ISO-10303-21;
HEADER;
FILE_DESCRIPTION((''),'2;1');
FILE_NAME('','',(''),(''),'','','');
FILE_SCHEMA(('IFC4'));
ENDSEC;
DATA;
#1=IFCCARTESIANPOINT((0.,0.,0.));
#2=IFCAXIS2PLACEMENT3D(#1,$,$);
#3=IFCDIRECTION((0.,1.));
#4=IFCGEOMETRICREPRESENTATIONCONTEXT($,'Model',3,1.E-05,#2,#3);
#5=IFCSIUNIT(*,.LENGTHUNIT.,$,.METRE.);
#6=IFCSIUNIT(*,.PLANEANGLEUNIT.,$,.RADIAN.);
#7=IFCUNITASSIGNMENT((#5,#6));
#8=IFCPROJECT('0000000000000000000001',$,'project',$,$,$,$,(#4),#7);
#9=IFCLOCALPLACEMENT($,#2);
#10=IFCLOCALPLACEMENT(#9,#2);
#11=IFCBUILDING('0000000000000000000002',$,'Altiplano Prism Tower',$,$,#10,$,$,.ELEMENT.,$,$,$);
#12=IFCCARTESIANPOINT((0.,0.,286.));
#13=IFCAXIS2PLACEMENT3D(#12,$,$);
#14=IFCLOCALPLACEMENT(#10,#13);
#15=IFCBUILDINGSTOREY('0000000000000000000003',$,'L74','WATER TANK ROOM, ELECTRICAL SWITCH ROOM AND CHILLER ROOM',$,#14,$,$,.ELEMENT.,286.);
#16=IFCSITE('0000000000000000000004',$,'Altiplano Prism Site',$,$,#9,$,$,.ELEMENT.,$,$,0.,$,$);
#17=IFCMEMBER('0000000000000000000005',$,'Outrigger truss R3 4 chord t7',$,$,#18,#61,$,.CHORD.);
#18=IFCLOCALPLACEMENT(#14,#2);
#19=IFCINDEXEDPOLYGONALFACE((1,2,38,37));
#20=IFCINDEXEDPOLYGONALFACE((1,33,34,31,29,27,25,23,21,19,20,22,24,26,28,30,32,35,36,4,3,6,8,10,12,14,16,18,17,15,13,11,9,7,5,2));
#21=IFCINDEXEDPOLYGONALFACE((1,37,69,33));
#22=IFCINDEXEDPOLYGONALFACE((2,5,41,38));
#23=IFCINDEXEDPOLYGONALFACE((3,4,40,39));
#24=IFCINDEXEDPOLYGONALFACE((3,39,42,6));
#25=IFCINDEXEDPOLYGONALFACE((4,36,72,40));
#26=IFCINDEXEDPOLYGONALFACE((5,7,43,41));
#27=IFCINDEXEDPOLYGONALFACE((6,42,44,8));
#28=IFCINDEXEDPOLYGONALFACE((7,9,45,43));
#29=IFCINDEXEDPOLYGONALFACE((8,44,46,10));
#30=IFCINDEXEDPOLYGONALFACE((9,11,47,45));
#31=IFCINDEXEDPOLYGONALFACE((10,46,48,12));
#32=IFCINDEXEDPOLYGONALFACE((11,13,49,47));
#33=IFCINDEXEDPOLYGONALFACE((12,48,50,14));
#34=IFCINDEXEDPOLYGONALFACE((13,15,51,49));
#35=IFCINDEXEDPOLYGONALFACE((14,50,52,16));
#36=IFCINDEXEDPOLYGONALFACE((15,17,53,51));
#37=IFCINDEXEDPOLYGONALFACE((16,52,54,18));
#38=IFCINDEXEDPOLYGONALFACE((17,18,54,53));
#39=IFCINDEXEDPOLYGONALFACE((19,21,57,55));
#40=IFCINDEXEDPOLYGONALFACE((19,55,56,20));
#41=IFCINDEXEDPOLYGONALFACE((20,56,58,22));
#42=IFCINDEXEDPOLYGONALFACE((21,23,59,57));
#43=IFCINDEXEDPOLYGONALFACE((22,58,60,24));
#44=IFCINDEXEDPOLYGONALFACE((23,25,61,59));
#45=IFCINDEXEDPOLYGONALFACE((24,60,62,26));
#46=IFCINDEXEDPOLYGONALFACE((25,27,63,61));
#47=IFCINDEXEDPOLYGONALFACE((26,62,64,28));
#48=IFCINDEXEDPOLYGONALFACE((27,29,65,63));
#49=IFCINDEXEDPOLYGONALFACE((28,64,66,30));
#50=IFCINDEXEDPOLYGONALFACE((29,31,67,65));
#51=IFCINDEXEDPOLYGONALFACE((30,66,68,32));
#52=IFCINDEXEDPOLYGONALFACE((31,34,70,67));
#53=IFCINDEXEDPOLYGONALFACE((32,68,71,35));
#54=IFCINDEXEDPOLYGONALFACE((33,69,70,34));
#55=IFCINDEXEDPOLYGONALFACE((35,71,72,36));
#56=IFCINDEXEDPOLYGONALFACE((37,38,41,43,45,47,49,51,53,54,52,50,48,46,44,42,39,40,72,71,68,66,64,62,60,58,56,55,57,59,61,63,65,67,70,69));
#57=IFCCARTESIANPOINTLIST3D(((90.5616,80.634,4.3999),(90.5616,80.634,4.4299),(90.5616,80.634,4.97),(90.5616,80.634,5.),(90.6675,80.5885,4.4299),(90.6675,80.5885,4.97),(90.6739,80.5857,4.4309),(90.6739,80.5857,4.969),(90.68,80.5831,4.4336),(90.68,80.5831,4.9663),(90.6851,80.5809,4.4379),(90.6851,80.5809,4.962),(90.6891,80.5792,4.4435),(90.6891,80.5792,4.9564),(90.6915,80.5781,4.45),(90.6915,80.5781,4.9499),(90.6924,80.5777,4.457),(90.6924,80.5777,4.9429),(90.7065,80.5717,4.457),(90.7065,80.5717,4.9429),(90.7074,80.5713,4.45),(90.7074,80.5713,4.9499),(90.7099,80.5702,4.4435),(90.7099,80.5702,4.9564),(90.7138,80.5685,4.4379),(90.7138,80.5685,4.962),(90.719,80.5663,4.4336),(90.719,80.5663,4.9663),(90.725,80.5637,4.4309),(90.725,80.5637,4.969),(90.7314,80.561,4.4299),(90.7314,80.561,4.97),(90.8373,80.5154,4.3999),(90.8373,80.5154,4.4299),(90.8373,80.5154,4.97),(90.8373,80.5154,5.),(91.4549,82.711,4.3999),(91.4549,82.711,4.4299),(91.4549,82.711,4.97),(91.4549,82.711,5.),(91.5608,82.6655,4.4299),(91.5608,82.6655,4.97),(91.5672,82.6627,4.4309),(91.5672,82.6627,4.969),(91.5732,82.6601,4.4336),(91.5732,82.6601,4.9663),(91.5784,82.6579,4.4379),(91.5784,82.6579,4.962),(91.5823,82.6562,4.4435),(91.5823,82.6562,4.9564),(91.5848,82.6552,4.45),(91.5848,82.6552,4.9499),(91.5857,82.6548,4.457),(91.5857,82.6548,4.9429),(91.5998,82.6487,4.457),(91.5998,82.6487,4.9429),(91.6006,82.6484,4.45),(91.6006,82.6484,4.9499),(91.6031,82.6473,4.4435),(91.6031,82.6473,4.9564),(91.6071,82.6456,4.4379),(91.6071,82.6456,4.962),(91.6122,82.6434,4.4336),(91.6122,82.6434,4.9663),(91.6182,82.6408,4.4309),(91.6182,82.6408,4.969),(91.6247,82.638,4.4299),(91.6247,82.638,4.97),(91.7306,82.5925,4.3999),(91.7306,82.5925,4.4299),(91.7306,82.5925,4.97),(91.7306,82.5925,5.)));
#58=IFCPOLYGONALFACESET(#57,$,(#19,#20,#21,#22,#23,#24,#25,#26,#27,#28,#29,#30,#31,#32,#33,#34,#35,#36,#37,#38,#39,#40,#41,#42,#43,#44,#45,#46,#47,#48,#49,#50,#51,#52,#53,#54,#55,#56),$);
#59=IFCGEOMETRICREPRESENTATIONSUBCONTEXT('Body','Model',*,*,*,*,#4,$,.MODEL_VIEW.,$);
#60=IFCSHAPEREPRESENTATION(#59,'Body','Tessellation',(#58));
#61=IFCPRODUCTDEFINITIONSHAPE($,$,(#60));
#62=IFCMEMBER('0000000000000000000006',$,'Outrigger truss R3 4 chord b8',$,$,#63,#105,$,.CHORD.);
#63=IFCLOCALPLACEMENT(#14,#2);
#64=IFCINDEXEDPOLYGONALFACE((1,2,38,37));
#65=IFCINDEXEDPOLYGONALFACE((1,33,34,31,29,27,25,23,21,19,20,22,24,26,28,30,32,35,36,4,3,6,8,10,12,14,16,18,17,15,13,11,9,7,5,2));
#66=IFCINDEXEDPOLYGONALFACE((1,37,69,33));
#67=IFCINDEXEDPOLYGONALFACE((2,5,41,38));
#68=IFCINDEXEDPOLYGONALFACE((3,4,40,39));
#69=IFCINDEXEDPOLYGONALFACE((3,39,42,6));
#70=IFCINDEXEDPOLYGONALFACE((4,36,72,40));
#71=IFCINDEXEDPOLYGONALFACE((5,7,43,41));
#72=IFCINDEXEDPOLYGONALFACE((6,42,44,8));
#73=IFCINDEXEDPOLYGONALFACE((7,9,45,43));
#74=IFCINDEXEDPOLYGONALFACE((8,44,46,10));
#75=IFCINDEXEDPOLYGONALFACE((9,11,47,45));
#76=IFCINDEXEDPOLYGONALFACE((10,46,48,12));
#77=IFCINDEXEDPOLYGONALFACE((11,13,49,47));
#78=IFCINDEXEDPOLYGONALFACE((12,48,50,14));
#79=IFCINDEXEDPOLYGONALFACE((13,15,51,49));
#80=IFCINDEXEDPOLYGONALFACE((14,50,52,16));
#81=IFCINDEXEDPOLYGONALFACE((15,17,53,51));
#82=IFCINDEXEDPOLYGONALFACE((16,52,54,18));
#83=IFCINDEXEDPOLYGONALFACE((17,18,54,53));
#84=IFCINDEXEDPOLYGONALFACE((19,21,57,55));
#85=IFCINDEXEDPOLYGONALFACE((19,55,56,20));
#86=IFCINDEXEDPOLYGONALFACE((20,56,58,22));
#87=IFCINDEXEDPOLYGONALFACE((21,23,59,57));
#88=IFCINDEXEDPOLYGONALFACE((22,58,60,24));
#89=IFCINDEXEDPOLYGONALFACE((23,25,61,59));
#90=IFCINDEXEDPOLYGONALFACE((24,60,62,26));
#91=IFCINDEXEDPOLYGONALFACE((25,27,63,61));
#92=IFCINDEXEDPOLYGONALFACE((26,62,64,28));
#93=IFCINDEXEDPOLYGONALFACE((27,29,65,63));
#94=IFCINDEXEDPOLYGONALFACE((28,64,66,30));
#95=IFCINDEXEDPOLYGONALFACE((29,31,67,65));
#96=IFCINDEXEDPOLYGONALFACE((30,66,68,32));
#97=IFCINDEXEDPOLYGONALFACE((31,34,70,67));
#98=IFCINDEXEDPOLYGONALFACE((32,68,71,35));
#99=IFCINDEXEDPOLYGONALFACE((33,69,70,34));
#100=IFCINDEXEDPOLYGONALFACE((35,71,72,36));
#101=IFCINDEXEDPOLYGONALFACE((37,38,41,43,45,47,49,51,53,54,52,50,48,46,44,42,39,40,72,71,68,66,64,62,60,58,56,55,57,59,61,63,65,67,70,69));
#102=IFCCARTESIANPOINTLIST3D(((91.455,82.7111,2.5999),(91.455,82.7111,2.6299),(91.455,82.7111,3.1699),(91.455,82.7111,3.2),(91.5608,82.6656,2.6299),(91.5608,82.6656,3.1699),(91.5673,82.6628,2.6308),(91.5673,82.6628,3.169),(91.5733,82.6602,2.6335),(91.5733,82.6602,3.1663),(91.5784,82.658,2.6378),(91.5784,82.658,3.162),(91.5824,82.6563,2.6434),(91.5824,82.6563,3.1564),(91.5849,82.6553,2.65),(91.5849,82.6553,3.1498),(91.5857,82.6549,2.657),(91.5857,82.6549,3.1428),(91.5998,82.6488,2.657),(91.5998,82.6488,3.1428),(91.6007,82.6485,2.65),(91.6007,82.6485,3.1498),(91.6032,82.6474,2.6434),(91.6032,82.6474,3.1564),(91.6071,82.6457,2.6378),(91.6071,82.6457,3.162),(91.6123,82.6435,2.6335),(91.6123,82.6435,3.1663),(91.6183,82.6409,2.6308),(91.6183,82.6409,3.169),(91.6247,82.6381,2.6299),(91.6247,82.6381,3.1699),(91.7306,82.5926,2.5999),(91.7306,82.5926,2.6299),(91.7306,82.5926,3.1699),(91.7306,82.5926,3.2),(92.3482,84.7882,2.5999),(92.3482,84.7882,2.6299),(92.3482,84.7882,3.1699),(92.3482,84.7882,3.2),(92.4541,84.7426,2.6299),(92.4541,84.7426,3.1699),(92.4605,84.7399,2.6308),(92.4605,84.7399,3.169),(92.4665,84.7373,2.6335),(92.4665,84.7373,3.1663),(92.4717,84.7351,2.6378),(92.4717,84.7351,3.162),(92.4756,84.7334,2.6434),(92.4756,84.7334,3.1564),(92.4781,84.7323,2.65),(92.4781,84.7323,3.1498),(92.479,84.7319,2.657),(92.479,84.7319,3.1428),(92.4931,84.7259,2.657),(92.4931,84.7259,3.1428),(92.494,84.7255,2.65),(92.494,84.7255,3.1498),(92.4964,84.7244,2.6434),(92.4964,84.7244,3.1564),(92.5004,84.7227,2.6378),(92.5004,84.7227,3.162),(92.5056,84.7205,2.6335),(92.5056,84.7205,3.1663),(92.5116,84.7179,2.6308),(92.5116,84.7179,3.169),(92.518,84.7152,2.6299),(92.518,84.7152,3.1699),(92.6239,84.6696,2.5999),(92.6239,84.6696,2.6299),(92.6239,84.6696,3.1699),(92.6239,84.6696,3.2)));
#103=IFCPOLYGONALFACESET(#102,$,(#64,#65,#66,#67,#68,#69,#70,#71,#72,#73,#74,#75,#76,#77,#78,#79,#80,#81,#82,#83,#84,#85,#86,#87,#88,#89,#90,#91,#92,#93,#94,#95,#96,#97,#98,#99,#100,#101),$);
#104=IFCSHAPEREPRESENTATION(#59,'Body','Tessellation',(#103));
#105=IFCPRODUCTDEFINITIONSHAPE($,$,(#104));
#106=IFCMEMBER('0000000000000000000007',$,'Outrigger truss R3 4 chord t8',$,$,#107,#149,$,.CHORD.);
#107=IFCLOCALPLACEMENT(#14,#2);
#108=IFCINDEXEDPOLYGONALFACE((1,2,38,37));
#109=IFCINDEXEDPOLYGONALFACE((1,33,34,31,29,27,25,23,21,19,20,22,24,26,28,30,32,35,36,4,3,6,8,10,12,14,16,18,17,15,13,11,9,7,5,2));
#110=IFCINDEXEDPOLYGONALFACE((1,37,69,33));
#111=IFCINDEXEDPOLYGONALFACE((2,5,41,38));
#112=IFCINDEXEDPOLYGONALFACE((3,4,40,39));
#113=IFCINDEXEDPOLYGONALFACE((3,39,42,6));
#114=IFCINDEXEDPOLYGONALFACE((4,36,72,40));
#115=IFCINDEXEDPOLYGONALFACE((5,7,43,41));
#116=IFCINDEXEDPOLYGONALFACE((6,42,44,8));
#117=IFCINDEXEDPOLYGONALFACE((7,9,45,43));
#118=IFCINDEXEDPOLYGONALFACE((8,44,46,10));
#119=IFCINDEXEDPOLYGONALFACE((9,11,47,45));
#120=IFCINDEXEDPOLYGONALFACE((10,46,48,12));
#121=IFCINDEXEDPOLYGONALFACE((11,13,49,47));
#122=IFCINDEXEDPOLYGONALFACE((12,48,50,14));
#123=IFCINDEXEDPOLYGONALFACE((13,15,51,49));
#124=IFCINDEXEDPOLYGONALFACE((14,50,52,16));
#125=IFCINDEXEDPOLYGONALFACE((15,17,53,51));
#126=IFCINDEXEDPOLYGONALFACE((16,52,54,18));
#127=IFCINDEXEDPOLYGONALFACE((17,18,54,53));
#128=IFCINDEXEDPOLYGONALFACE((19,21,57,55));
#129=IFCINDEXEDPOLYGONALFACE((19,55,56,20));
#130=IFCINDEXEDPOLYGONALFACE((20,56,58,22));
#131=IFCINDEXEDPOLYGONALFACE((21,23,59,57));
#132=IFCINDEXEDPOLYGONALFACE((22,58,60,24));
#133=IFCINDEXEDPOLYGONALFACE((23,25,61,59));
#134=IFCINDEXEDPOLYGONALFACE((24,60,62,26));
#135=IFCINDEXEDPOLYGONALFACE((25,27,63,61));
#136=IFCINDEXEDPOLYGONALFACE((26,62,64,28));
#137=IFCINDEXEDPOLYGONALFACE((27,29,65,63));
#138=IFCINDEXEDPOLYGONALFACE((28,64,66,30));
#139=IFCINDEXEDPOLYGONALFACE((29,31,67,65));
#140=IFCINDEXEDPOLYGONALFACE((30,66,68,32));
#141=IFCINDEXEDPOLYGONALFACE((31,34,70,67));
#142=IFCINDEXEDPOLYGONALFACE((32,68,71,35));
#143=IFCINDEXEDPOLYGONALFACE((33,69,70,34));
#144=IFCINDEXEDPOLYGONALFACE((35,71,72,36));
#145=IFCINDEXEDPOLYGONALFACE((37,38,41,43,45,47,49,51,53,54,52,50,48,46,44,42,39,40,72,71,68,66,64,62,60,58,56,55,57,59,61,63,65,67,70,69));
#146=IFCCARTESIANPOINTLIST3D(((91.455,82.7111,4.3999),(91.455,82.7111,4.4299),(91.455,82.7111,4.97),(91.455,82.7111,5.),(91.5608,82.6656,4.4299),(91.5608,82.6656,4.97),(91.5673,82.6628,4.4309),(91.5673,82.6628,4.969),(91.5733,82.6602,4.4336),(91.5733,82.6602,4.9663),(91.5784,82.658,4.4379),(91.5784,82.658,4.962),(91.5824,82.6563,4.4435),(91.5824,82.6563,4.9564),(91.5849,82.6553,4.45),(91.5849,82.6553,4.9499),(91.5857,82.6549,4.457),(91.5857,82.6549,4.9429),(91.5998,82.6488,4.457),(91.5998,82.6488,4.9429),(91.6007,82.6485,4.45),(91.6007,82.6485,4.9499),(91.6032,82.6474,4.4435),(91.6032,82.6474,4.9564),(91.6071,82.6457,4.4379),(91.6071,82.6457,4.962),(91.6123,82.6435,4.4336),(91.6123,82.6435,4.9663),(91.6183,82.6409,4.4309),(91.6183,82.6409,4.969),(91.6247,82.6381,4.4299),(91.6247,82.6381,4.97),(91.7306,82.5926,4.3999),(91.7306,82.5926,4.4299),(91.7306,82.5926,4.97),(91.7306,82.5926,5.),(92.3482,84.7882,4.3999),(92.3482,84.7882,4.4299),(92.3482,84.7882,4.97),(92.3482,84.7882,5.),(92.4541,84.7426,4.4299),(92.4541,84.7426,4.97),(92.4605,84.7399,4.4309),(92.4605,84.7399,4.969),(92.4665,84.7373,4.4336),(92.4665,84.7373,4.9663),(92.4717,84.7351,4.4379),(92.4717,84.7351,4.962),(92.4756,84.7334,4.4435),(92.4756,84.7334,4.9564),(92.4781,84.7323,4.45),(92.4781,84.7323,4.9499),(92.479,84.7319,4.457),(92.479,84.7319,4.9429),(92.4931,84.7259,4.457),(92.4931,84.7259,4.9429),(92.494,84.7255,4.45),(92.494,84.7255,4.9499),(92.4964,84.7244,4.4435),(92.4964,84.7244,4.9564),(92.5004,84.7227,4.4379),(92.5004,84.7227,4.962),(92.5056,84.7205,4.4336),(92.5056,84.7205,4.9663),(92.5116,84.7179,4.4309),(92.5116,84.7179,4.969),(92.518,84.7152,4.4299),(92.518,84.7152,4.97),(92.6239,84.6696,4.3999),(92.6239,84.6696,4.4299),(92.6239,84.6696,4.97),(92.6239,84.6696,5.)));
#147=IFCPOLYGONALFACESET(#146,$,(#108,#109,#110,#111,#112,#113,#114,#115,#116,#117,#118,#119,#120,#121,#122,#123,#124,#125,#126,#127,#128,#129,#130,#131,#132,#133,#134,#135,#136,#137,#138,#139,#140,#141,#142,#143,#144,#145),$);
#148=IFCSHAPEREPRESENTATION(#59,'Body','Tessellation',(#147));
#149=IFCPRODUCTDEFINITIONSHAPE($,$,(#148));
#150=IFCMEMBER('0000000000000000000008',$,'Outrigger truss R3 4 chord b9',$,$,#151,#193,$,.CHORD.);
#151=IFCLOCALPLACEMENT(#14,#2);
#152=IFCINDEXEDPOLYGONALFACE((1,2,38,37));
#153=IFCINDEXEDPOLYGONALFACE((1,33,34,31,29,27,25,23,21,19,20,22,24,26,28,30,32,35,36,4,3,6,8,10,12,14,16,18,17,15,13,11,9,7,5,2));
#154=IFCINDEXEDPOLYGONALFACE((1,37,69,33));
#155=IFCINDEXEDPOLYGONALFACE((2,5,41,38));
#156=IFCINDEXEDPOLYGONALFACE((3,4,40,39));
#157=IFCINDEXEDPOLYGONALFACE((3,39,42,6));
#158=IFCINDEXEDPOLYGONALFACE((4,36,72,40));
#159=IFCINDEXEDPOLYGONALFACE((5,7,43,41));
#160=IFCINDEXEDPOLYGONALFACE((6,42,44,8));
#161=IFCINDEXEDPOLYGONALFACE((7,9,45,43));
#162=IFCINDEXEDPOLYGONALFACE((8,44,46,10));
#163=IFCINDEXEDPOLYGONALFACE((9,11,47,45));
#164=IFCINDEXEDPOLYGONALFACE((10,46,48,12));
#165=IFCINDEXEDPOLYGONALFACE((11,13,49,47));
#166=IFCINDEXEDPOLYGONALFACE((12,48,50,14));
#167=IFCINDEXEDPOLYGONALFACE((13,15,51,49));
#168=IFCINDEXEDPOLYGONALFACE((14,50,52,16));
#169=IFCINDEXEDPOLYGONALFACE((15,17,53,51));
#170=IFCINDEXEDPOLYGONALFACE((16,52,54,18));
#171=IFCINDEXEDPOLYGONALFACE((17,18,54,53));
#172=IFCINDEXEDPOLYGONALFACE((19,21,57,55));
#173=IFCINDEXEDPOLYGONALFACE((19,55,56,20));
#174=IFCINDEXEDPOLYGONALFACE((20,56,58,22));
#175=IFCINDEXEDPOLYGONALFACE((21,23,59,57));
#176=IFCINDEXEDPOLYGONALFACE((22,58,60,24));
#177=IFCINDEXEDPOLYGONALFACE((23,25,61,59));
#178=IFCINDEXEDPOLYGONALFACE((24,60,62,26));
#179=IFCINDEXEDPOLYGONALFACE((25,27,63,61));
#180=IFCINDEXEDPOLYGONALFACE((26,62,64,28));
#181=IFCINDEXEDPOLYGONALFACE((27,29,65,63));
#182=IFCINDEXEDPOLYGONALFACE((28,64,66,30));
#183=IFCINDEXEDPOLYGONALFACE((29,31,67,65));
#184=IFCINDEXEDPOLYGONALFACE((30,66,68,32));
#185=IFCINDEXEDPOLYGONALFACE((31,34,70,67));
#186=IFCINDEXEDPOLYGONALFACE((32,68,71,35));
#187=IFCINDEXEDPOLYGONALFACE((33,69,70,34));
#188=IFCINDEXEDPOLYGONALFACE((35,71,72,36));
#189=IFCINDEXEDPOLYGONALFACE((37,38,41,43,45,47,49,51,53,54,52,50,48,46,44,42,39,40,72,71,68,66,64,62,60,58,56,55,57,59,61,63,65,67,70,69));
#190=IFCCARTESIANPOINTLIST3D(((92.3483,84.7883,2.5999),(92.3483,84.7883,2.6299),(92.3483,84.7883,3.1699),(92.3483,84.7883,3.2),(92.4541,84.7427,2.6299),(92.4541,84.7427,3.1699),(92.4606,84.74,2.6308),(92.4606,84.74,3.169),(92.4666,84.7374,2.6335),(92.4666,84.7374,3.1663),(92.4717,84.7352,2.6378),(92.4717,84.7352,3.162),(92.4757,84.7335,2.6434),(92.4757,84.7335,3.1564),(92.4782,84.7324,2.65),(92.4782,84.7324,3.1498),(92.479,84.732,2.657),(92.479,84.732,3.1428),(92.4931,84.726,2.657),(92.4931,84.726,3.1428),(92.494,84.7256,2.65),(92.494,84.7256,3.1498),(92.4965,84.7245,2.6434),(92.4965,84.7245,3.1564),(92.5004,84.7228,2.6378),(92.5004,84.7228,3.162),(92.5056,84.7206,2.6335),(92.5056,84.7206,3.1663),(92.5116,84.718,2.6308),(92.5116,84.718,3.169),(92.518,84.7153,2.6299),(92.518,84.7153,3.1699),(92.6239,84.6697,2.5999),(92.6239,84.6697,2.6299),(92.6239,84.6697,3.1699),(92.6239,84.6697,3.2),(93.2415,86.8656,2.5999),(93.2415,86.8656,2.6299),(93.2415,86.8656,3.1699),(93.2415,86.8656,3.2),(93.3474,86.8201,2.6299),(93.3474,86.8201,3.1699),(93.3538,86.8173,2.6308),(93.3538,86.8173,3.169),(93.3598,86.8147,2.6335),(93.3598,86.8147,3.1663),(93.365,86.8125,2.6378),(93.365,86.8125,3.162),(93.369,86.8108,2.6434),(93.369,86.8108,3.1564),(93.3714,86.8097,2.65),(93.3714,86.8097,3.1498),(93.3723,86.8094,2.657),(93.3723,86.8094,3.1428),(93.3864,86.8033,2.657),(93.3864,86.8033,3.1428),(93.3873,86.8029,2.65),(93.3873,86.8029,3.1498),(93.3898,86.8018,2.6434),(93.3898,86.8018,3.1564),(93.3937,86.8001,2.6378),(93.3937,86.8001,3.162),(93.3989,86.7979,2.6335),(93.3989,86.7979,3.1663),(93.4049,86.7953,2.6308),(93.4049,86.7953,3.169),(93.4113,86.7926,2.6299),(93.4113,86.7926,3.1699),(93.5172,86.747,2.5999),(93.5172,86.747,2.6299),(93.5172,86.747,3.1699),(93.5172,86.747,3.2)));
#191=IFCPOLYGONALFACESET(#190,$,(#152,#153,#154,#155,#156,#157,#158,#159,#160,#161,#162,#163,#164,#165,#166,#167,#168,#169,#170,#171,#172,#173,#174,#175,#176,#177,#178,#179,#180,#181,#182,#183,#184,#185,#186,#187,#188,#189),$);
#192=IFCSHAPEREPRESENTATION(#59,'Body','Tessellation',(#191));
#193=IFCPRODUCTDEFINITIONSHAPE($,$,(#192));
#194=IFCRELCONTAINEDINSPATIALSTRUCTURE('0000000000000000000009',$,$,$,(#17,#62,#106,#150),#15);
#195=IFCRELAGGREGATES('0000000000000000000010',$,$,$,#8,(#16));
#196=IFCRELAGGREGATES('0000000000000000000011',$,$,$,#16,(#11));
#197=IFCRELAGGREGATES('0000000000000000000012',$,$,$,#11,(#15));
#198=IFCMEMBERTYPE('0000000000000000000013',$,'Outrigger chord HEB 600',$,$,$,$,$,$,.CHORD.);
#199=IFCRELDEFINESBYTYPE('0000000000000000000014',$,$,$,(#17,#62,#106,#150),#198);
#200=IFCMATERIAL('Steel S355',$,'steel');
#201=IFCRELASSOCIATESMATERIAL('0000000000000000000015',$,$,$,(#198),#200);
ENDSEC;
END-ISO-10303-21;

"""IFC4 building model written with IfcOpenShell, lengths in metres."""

from ifc_helpers import new_model, si_unit, direction, frame, origin, origin_2d, place, context, subcontext, project, spatial, i_section, extrude, material, material_profile, profile_set, type_object, element, save


model = new_model("IFC4")

# Units and contexts
model_context = context("Model", 3, precision=1e-05, world=origin(), true_north=direction((0.0, 1.0)))
body_context = subcontext(model_context, "Body", "Model", "MODEL_VIEW")
ifc_project = project(units=[si_unit("LENGTHUNIT", "METRE"), si_unit("PLANEANGLEUNIT", "RADIAN")], contexts=[model_context])

# Site, building, storey
site_placement = place(None, origin())
site = spatial("IfcSite", under=ifc_project, at=site_placement, Name="Altiplano Prism Site", CompositionType="ELEMENT", RefElevation=0.0)
building_placement = place(site_placement, origin())
building = spatial("IfcBuilding", under=site, at=building_placement, Name="Altiplano Prism Tower", CompositionType="ELEMENT")
storey_placement = place(building_placement, frame((0.0, 0.0, 286.0)))
storey = spatial("IfcBuildingStorey", under=building, at=storey_placement, Name="L74", Description="WATER TANK ROOM, ELECTRICAL SWITCH ROOM AND CHILLER ROOM", CompositionType="ELEMENT", Elevation=286.0)

# Members
ifc_material_1 = material(Name="Steel S355", Category="steel")
ifc_material_profile_1 = material_profile(ifc_material_1, i_section(OverallWidth=0.3, OverallDepth=0.6001, WebThickness=0.0154, FlangeThickness=0.03, FilletRadius=0.0271, at=origin_2d()), Name="Outrigger chord HEB 600")
ifc_profile_set_1 = profile_set([ifc_material_profile_1], Name="Steel S355")
member_type_1 = type_object("IfcMemberType", Name="Outrigger chord HEB 600", PredefinedType="CHORD", material=ifc_profile_set_1)
for number, where, z_axis, x_axis, name in (
    (1, (90.6995, 80.5747, 4.7), (0.395079, 0.918647, 0.0), (-0.918647, 0.395079, 0.0), "Outrigger truss R3 4 chord t7"),
    (2, (91.5928, 82.6519, 2.8999), (0.395079, 0.918647, 0.0), (-0.918647, 0.395079, 0.0), "Outrigger truss R3 4 chord b8"),
    (3, (91.5928, 82.6519, 4.7), (0.395079, 0.918647, 0.0), (-0.918647, 0.395079, 0.0), "Outrigger truss R3 4 chord t8"),
):
    element("IfcMember", number, at=place(storey_placement, frame(where, z_axis=z_axis, x_axis=x_axis)), inside=storey, type_object=member_type_1, Name=name, PredefinedType="CHORD", context=body_context, shape_type="SweptSolid", body=[
        extrude(i_section(OverallWidth=0.3, OverallDepth=0.6001, WebThickness=0.0154, FlangeThickness=0.03, FilletRadius=0.0271, at=origin_2d()), origin(), (0.0, 0.0, 1.0), 2.261),
    ])
for number, where, z_axis, x_axis, name in (
    (4, (92.4861, 84.729, 2.8999), (0.39504, 0.918664, 0.0), (-0.918664, 0.39504, 0.0), "Outrigger truss R3 4 chord b9"),
):
    element("IfcMember", number, at=place(storey_placement, frame(where, z_axis=z_axis, x_axis=x_axis)), inside=storey, type_object=member_type_1, Name=name, PredefinedType="CHORD", context=body_context, shape_type="SweptSolid", body=[
        extrude(i_section(OverallWidth=0.3, OverallDepth=0.6001, WebThickness=0.0154, FlangeThickness=0.03, FilletRadius=0.0271, at=origin_2d()), origin(), (0.0, 0.0, 1.0), 2.2612),
    ])

save(model, "model.ifc")
